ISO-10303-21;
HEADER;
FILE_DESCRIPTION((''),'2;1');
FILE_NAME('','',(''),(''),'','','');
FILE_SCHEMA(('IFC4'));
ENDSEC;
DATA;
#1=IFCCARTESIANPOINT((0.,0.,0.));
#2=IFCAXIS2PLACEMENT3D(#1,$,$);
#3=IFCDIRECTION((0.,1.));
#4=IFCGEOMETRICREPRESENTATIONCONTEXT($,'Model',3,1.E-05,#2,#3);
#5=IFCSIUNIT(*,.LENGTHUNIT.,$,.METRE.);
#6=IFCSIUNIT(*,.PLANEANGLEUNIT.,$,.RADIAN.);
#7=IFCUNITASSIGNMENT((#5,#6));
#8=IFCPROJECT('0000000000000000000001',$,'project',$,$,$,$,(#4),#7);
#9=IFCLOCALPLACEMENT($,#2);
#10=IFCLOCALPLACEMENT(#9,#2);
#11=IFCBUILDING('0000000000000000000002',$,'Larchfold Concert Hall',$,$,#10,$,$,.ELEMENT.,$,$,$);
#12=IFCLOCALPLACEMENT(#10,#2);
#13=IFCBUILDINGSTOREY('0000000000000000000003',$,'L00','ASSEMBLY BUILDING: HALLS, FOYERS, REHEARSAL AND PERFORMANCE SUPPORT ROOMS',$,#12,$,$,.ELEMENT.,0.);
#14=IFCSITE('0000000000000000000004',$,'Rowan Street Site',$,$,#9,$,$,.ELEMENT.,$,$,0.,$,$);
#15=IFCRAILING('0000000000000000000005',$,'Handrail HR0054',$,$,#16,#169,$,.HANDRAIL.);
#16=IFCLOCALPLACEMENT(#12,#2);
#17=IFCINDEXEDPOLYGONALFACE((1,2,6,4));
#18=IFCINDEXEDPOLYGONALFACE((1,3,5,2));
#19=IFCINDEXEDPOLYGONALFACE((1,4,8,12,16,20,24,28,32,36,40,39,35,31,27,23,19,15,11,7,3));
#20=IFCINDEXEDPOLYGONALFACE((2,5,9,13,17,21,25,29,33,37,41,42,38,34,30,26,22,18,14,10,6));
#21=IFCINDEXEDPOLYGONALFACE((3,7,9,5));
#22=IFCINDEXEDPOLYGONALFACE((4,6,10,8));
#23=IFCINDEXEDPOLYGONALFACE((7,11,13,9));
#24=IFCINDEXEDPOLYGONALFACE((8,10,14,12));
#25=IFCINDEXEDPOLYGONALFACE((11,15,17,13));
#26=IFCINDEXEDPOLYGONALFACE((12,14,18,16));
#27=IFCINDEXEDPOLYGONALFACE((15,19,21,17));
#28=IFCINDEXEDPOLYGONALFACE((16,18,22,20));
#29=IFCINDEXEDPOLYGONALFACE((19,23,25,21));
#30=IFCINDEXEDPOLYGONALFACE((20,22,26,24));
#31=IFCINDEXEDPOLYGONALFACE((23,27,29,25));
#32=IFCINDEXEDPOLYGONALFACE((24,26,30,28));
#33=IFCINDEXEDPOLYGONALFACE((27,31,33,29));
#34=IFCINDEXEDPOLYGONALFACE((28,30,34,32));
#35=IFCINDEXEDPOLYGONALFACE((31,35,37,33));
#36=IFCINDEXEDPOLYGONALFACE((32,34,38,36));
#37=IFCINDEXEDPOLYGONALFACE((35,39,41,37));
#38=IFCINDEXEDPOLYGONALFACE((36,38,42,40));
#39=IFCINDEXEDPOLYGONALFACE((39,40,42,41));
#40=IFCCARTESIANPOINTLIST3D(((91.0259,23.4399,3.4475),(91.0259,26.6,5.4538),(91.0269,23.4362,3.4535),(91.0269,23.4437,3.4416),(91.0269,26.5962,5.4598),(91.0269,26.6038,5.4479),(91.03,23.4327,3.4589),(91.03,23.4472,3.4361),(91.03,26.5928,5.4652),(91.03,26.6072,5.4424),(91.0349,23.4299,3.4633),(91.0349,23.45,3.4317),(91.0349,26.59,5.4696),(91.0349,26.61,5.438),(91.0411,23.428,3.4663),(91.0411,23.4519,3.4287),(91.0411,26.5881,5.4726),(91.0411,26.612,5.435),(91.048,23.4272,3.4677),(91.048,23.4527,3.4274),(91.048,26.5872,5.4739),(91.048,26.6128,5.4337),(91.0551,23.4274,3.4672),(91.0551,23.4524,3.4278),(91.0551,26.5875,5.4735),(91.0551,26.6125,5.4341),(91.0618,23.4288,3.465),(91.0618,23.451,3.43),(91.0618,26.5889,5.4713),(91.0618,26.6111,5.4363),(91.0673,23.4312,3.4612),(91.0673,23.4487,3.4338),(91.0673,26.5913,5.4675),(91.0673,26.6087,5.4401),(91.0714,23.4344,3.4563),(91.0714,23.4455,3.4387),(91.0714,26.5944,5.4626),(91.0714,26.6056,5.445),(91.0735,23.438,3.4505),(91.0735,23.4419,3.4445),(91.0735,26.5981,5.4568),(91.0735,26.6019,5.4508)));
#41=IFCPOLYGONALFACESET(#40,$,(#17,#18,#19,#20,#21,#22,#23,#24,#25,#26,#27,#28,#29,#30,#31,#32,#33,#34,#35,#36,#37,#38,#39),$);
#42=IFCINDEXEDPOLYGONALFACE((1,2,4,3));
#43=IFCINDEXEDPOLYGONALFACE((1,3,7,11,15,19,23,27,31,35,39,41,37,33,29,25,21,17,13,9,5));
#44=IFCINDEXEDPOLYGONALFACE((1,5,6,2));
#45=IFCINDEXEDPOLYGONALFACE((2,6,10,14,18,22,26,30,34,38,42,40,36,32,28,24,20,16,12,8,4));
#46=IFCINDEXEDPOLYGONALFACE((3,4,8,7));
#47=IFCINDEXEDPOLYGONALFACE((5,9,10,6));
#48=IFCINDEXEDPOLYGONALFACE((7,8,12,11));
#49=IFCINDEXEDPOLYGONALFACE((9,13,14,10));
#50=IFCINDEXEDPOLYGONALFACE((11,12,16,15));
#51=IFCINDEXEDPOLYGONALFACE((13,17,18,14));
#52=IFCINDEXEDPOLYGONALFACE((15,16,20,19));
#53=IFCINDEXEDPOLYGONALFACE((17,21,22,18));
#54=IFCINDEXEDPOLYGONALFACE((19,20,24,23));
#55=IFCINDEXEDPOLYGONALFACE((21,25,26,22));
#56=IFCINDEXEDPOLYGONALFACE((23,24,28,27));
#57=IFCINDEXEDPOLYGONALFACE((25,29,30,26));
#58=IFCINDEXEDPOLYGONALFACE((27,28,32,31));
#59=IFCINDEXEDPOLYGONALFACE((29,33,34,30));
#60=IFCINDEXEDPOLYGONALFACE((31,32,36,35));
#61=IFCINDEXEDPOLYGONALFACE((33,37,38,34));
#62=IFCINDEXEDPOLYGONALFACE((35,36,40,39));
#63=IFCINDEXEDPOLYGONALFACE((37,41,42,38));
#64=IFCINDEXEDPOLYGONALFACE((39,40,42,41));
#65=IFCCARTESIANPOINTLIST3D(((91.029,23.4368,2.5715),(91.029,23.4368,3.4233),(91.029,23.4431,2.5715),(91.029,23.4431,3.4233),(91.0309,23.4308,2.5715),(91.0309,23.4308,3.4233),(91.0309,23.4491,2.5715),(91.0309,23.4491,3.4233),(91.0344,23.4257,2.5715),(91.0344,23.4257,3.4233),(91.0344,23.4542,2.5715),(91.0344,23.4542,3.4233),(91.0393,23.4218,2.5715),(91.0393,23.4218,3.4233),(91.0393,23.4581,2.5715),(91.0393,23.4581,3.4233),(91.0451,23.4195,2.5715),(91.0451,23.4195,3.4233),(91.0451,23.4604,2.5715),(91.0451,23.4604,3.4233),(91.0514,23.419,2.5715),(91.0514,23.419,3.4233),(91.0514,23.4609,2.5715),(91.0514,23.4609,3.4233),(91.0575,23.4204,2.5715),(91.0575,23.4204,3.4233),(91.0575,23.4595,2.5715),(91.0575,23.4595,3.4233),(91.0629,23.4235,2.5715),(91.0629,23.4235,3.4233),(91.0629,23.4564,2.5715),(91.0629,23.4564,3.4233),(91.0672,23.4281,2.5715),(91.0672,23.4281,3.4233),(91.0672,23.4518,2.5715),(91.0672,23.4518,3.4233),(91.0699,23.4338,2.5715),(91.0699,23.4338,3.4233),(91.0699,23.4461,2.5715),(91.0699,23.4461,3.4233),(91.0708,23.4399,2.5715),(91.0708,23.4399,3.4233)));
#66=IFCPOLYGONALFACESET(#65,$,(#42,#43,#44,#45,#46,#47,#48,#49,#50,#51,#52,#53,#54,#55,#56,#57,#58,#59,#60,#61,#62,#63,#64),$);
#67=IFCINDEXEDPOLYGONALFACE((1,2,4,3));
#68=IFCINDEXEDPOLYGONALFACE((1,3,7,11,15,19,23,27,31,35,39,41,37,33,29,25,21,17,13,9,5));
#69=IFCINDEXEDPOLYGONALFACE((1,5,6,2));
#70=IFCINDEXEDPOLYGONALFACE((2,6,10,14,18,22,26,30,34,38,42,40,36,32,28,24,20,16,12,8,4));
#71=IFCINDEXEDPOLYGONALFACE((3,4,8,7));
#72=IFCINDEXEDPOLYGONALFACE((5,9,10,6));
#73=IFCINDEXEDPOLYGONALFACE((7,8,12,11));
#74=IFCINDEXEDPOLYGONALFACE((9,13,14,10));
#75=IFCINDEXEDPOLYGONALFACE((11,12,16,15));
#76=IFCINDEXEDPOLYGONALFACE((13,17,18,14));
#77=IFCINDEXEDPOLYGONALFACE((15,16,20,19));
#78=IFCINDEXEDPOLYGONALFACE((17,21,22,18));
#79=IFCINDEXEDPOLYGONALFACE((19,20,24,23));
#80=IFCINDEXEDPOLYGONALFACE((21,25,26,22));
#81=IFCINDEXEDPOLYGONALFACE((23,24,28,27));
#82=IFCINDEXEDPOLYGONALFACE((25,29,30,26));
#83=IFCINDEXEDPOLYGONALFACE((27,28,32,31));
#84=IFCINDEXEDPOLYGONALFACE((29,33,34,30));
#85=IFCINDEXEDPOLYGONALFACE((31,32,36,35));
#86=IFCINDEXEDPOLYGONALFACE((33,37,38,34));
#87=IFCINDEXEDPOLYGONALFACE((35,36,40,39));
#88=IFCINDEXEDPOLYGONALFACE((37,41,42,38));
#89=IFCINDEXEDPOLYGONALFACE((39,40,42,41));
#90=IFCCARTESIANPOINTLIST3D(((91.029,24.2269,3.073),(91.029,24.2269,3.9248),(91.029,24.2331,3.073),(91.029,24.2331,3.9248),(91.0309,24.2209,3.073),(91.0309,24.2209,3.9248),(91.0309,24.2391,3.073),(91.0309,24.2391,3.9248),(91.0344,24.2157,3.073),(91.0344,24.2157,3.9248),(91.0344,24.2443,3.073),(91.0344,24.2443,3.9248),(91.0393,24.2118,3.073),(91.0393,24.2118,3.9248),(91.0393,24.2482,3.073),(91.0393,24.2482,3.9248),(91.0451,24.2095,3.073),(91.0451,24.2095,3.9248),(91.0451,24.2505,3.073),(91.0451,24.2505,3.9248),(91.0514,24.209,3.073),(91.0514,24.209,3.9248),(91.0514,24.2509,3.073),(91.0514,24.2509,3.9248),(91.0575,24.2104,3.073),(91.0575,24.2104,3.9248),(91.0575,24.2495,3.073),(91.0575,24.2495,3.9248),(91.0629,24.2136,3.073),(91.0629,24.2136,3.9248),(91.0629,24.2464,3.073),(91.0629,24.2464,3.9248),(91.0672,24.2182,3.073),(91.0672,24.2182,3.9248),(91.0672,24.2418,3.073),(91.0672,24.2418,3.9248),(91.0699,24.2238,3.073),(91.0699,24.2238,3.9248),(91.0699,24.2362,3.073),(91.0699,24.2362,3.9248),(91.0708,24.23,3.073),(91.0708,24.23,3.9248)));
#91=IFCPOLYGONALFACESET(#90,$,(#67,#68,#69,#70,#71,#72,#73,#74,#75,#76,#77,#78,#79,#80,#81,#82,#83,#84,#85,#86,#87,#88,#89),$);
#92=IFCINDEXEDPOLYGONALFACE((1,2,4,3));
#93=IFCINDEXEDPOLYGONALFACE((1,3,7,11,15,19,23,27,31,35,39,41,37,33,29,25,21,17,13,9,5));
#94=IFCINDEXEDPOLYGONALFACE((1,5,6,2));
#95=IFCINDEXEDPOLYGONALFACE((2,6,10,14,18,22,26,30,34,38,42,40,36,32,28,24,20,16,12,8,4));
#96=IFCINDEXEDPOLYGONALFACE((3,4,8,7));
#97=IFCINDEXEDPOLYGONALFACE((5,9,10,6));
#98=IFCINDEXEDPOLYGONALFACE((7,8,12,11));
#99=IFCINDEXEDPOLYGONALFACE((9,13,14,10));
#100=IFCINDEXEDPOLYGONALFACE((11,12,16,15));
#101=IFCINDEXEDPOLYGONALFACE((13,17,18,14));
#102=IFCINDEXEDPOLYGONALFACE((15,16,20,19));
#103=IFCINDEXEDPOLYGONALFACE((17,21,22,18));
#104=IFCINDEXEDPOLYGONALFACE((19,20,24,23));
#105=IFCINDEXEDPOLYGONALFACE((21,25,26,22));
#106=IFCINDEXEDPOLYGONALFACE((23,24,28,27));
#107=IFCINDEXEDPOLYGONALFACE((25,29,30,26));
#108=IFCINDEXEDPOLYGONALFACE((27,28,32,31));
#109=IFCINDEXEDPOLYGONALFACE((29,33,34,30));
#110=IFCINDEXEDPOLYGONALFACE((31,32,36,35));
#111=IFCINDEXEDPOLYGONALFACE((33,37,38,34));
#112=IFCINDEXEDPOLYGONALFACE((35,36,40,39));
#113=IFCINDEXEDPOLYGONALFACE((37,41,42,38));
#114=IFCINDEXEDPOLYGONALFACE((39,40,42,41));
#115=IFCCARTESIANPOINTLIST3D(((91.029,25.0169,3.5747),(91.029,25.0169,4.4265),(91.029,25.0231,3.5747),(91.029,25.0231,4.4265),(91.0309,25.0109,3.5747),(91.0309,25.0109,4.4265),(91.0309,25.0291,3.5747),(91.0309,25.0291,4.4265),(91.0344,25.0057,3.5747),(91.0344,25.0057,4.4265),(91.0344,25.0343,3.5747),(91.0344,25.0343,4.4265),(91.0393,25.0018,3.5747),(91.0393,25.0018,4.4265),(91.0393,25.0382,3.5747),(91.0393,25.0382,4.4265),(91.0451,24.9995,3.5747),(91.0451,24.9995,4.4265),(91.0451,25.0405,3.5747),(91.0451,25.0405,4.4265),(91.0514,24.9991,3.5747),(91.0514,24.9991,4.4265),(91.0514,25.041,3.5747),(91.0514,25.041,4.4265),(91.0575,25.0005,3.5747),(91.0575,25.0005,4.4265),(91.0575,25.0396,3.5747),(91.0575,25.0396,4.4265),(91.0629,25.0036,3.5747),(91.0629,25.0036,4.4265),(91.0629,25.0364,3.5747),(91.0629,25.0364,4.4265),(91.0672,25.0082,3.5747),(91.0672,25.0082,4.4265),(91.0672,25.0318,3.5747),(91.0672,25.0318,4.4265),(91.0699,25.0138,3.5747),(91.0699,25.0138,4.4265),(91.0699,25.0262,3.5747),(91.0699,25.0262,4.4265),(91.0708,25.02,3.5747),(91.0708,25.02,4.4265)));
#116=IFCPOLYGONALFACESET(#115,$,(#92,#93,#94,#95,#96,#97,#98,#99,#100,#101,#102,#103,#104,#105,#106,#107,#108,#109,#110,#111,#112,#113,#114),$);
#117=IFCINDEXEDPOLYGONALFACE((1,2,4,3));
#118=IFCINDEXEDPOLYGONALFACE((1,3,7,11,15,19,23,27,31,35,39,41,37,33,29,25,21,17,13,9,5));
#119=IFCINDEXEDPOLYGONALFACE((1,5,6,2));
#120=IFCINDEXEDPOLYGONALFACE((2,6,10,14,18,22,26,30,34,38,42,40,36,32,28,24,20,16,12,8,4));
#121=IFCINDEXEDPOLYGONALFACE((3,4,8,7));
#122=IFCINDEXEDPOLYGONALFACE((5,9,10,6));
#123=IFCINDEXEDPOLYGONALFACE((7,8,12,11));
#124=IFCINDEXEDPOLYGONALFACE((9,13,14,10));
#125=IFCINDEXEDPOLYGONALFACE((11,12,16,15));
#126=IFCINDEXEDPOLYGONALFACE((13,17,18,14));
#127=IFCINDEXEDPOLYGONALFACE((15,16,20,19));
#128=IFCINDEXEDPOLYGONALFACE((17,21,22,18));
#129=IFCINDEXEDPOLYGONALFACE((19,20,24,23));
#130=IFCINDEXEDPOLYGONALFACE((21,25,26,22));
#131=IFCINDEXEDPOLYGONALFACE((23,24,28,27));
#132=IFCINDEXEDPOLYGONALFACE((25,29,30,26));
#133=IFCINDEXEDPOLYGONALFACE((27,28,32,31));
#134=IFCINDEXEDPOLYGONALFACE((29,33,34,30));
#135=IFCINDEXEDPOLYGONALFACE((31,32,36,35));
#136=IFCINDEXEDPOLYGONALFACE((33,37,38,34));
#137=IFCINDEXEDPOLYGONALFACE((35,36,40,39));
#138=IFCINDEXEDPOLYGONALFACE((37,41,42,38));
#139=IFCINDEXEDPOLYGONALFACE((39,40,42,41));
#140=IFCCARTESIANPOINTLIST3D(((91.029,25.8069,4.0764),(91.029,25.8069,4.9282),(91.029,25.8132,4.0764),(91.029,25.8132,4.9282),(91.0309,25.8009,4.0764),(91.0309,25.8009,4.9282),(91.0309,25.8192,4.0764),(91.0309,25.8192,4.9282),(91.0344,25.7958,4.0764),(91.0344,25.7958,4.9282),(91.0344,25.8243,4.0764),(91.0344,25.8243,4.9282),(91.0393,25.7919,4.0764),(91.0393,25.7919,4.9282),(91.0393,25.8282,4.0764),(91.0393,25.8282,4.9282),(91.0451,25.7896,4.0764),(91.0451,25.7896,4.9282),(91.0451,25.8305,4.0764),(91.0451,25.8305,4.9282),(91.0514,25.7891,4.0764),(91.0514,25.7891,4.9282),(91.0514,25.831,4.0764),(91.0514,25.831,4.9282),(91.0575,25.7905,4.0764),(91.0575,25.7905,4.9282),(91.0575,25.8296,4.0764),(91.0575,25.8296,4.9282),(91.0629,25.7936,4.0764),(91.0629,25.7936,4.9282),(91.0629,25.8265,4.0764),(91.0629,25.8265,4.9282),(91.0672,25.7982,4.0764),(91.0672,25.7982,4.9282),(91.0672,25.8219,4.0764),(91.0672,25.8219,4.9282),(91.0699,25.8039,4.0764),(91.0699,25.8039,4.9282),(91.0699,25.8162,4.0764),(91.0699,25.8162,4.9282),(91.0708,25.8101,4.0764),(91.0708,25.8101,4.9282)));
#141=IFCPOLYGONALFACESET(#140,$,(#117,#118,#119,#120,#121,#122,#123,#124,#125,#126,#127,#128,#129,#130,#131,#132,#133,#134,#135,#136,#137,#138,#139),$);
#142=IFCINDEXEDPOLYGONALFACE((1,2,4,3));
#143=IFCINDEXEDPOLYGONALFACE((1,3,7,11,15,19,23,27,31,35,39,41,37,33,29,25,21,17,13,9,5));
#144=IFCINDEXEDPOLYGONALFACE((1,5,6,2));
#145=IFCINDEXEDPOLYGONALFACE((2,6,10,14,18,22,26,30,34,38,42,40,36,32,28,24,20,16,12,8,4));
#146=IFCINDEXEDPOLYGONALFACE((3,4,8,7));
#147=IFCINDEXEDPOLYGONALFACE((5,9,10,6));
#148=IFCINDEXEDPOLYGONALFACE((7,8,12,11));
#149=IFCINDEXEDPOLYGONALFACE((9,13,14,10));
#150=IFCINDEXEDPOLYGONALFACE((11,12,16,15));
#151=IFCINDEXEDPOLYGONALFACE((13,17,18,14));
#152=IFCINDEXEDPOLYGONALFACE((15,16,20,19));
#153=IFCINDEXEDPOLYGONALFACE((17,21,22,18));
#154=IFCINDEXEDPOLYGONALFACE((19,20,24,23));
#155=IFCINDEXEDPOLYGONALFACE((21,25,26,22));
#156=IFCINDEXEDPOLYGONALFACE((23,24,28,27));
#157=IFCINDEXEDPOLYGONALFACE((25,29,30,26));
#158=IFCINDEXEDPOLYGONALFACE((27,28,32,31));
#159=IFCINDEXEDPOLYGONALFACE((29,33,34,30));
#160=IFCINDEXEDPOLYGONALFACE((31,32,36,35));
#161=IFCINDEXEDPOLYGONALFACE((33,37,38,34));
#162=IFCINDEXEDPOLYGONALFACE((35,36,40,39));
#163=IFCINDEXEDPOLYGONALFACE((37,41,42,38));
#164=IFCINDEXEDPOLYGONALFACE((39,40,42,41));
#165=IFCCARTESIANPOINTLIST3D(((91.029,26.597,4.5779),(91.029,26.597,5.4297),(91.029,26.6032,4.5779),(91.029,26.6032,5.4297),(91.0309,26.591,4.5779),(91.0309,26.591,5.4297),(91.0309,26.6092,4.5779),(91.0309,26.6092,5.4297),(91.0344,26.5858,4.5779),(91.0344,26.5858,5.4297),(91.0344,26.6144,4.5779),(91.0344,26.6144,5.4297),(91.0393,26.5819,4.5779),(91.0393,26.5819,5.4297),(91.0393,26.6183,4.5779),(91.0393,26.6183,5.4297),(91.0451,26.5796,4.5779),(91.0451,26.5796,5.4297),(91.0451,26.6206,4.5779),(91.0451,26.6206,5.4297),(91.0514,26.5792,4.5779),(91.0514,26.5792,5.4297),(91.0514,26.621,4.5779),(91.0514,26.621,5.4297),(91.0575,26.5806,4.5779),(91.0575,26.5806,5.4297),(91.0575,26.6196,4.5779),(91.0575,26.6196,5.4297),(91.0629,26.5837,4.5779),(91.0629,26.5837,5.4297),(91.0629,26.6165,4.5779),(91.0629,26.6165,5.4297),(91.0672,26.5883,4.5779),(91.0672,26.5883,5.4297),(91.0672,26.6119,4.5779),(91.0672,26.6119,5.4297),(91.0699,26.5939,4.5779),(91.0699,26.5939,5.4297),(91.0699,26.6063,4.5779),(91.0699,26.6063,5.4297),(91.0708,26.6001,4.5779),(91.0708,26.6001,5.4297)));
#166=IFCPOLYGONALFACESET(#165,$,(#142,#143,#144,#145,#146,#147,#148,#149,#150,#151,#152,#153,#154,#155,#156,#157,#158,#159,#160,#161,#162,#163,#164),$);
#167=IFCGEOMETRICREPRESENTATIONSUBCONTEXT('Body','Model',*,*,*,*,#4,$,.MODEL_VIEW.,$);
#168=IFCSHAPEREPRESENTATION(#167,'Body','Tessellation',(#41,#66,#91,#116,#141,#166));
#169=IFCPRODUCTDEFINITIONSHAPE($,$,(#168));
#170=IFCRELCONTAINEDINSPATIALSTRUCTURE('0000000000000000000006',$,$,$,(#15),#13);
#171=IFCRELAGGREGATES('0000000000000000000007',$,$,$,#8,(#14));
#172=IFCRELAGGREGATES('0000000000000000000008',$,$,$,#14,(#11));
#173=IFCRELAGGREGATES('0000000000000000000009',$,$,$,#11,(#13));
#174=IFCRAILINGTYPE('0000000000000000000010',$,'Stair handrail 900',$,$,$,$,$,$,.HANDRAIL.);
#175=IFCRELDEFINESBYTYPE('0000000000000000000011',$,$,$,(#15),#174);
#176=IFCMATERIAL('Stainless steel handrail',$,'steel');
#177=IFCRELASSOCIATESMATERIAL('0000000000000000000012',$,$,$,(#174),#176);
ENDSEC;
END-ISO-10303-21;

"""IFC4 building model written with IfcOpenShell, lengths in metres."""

from ifc_helpers import new_model, si_unit, direction, frame, origin, origin_2d, place, context, subcontext, project, spatial, circle, extrude, material, type_object, element, save


model = new_model("IFC4")

# Units and contexts
model_context = context("Model", 3, precision=1e-05, world=origin(), true_north=direction((0.0, 1.0)))
body_context = subcontext(model_context, "Body", "Model", "MODEL_VIEW")
ifc_project = project(units=[si_unit("LENGTHUNIT", "METRE"), si_unit("PLANEANGLEUNIT", "RADIAN")], contexts=[model_context])

# Site, building, storey
site_placement = place(None, origin())
site = spatial("IfcSite", under=ifc_project, at=site_placement, Name="Rowan Street Site", CompositionType="ELEMENT", RefElevation=0.0)
building_placement = place(site_placement, origin())
building = spatial("IfcBuilding", under=site, at=building_placement, Name="Larchfold Concert Hall", CompositionType="ELEMENT")
storey_placement = place(building_placement, origin())
storey = spatial("IfcBuildingStorey", under=building, at=storey_placement, Name="L00", Description="ASSEMBLY BUILDING: HALLS, FOYERS, REHEARSAL AND PERFORMANCE SUPPORT ROOMS", CompositionType="ELEMENT", Elevation=0.0)

# Railing
ifc_material_1 = material(Name="Stainless steel handrail", Category="steel")
railing_type_1 = type_object("IfcRailingType", Name="Stair handrail 900", PredefinedType="HANDRAIL", material=ifc_material_1)
railing_1_placement = place(storey_placement, frame((91.0498, 23.4399, 2.5715)))
element("IfcRailing", 1, at=railing_1_placement, inside=storey, type_object=railing_type_1, Name="Handrail HR0054", PredefinedType="HANDRAIL", context=body_context, shape_type="SweptSolid", body=[
    extrude(circle(Radius=0.0239, at=origin_2d()), frame((0.0, 0.0, 0.876), z_axis=(0.0, 0.844225, 0.535989), x_axis=(-1.0, 0.0, 0.0)), (0.0, 0.0, 1.0), 3.7432),
    extrude(circle(Radius=0.021, at=origin_2d()), origin(), (0.0, 0.0, 1.0), 0.8518),
    extrude(circle(Radius=0.021, at=origin_2d()), frame((0.0, 0.79, 0.5015)), (0.0, 0.0, 1.0), 0.8518),
    extrude(circle(Radius=0.021, at=origin_2d()), frame((0.0, 1.5801, 1.0032)), (0.0, 0.0, 1.0), 0.8518),
    extrude(circle(Radius=0.021, at=origin_2d()), frame((0.0, 2.3701, 1.5049)), (0.0, 0.0, 1.0), 0.8518),
    extrude(circle(Radius=0.021, at=origin_2d()), frame((0.0, 3.1602, 2.0063)), (0.0, 0.0, 1.0), 0.8518),
])

save(model, "model.ifc")
